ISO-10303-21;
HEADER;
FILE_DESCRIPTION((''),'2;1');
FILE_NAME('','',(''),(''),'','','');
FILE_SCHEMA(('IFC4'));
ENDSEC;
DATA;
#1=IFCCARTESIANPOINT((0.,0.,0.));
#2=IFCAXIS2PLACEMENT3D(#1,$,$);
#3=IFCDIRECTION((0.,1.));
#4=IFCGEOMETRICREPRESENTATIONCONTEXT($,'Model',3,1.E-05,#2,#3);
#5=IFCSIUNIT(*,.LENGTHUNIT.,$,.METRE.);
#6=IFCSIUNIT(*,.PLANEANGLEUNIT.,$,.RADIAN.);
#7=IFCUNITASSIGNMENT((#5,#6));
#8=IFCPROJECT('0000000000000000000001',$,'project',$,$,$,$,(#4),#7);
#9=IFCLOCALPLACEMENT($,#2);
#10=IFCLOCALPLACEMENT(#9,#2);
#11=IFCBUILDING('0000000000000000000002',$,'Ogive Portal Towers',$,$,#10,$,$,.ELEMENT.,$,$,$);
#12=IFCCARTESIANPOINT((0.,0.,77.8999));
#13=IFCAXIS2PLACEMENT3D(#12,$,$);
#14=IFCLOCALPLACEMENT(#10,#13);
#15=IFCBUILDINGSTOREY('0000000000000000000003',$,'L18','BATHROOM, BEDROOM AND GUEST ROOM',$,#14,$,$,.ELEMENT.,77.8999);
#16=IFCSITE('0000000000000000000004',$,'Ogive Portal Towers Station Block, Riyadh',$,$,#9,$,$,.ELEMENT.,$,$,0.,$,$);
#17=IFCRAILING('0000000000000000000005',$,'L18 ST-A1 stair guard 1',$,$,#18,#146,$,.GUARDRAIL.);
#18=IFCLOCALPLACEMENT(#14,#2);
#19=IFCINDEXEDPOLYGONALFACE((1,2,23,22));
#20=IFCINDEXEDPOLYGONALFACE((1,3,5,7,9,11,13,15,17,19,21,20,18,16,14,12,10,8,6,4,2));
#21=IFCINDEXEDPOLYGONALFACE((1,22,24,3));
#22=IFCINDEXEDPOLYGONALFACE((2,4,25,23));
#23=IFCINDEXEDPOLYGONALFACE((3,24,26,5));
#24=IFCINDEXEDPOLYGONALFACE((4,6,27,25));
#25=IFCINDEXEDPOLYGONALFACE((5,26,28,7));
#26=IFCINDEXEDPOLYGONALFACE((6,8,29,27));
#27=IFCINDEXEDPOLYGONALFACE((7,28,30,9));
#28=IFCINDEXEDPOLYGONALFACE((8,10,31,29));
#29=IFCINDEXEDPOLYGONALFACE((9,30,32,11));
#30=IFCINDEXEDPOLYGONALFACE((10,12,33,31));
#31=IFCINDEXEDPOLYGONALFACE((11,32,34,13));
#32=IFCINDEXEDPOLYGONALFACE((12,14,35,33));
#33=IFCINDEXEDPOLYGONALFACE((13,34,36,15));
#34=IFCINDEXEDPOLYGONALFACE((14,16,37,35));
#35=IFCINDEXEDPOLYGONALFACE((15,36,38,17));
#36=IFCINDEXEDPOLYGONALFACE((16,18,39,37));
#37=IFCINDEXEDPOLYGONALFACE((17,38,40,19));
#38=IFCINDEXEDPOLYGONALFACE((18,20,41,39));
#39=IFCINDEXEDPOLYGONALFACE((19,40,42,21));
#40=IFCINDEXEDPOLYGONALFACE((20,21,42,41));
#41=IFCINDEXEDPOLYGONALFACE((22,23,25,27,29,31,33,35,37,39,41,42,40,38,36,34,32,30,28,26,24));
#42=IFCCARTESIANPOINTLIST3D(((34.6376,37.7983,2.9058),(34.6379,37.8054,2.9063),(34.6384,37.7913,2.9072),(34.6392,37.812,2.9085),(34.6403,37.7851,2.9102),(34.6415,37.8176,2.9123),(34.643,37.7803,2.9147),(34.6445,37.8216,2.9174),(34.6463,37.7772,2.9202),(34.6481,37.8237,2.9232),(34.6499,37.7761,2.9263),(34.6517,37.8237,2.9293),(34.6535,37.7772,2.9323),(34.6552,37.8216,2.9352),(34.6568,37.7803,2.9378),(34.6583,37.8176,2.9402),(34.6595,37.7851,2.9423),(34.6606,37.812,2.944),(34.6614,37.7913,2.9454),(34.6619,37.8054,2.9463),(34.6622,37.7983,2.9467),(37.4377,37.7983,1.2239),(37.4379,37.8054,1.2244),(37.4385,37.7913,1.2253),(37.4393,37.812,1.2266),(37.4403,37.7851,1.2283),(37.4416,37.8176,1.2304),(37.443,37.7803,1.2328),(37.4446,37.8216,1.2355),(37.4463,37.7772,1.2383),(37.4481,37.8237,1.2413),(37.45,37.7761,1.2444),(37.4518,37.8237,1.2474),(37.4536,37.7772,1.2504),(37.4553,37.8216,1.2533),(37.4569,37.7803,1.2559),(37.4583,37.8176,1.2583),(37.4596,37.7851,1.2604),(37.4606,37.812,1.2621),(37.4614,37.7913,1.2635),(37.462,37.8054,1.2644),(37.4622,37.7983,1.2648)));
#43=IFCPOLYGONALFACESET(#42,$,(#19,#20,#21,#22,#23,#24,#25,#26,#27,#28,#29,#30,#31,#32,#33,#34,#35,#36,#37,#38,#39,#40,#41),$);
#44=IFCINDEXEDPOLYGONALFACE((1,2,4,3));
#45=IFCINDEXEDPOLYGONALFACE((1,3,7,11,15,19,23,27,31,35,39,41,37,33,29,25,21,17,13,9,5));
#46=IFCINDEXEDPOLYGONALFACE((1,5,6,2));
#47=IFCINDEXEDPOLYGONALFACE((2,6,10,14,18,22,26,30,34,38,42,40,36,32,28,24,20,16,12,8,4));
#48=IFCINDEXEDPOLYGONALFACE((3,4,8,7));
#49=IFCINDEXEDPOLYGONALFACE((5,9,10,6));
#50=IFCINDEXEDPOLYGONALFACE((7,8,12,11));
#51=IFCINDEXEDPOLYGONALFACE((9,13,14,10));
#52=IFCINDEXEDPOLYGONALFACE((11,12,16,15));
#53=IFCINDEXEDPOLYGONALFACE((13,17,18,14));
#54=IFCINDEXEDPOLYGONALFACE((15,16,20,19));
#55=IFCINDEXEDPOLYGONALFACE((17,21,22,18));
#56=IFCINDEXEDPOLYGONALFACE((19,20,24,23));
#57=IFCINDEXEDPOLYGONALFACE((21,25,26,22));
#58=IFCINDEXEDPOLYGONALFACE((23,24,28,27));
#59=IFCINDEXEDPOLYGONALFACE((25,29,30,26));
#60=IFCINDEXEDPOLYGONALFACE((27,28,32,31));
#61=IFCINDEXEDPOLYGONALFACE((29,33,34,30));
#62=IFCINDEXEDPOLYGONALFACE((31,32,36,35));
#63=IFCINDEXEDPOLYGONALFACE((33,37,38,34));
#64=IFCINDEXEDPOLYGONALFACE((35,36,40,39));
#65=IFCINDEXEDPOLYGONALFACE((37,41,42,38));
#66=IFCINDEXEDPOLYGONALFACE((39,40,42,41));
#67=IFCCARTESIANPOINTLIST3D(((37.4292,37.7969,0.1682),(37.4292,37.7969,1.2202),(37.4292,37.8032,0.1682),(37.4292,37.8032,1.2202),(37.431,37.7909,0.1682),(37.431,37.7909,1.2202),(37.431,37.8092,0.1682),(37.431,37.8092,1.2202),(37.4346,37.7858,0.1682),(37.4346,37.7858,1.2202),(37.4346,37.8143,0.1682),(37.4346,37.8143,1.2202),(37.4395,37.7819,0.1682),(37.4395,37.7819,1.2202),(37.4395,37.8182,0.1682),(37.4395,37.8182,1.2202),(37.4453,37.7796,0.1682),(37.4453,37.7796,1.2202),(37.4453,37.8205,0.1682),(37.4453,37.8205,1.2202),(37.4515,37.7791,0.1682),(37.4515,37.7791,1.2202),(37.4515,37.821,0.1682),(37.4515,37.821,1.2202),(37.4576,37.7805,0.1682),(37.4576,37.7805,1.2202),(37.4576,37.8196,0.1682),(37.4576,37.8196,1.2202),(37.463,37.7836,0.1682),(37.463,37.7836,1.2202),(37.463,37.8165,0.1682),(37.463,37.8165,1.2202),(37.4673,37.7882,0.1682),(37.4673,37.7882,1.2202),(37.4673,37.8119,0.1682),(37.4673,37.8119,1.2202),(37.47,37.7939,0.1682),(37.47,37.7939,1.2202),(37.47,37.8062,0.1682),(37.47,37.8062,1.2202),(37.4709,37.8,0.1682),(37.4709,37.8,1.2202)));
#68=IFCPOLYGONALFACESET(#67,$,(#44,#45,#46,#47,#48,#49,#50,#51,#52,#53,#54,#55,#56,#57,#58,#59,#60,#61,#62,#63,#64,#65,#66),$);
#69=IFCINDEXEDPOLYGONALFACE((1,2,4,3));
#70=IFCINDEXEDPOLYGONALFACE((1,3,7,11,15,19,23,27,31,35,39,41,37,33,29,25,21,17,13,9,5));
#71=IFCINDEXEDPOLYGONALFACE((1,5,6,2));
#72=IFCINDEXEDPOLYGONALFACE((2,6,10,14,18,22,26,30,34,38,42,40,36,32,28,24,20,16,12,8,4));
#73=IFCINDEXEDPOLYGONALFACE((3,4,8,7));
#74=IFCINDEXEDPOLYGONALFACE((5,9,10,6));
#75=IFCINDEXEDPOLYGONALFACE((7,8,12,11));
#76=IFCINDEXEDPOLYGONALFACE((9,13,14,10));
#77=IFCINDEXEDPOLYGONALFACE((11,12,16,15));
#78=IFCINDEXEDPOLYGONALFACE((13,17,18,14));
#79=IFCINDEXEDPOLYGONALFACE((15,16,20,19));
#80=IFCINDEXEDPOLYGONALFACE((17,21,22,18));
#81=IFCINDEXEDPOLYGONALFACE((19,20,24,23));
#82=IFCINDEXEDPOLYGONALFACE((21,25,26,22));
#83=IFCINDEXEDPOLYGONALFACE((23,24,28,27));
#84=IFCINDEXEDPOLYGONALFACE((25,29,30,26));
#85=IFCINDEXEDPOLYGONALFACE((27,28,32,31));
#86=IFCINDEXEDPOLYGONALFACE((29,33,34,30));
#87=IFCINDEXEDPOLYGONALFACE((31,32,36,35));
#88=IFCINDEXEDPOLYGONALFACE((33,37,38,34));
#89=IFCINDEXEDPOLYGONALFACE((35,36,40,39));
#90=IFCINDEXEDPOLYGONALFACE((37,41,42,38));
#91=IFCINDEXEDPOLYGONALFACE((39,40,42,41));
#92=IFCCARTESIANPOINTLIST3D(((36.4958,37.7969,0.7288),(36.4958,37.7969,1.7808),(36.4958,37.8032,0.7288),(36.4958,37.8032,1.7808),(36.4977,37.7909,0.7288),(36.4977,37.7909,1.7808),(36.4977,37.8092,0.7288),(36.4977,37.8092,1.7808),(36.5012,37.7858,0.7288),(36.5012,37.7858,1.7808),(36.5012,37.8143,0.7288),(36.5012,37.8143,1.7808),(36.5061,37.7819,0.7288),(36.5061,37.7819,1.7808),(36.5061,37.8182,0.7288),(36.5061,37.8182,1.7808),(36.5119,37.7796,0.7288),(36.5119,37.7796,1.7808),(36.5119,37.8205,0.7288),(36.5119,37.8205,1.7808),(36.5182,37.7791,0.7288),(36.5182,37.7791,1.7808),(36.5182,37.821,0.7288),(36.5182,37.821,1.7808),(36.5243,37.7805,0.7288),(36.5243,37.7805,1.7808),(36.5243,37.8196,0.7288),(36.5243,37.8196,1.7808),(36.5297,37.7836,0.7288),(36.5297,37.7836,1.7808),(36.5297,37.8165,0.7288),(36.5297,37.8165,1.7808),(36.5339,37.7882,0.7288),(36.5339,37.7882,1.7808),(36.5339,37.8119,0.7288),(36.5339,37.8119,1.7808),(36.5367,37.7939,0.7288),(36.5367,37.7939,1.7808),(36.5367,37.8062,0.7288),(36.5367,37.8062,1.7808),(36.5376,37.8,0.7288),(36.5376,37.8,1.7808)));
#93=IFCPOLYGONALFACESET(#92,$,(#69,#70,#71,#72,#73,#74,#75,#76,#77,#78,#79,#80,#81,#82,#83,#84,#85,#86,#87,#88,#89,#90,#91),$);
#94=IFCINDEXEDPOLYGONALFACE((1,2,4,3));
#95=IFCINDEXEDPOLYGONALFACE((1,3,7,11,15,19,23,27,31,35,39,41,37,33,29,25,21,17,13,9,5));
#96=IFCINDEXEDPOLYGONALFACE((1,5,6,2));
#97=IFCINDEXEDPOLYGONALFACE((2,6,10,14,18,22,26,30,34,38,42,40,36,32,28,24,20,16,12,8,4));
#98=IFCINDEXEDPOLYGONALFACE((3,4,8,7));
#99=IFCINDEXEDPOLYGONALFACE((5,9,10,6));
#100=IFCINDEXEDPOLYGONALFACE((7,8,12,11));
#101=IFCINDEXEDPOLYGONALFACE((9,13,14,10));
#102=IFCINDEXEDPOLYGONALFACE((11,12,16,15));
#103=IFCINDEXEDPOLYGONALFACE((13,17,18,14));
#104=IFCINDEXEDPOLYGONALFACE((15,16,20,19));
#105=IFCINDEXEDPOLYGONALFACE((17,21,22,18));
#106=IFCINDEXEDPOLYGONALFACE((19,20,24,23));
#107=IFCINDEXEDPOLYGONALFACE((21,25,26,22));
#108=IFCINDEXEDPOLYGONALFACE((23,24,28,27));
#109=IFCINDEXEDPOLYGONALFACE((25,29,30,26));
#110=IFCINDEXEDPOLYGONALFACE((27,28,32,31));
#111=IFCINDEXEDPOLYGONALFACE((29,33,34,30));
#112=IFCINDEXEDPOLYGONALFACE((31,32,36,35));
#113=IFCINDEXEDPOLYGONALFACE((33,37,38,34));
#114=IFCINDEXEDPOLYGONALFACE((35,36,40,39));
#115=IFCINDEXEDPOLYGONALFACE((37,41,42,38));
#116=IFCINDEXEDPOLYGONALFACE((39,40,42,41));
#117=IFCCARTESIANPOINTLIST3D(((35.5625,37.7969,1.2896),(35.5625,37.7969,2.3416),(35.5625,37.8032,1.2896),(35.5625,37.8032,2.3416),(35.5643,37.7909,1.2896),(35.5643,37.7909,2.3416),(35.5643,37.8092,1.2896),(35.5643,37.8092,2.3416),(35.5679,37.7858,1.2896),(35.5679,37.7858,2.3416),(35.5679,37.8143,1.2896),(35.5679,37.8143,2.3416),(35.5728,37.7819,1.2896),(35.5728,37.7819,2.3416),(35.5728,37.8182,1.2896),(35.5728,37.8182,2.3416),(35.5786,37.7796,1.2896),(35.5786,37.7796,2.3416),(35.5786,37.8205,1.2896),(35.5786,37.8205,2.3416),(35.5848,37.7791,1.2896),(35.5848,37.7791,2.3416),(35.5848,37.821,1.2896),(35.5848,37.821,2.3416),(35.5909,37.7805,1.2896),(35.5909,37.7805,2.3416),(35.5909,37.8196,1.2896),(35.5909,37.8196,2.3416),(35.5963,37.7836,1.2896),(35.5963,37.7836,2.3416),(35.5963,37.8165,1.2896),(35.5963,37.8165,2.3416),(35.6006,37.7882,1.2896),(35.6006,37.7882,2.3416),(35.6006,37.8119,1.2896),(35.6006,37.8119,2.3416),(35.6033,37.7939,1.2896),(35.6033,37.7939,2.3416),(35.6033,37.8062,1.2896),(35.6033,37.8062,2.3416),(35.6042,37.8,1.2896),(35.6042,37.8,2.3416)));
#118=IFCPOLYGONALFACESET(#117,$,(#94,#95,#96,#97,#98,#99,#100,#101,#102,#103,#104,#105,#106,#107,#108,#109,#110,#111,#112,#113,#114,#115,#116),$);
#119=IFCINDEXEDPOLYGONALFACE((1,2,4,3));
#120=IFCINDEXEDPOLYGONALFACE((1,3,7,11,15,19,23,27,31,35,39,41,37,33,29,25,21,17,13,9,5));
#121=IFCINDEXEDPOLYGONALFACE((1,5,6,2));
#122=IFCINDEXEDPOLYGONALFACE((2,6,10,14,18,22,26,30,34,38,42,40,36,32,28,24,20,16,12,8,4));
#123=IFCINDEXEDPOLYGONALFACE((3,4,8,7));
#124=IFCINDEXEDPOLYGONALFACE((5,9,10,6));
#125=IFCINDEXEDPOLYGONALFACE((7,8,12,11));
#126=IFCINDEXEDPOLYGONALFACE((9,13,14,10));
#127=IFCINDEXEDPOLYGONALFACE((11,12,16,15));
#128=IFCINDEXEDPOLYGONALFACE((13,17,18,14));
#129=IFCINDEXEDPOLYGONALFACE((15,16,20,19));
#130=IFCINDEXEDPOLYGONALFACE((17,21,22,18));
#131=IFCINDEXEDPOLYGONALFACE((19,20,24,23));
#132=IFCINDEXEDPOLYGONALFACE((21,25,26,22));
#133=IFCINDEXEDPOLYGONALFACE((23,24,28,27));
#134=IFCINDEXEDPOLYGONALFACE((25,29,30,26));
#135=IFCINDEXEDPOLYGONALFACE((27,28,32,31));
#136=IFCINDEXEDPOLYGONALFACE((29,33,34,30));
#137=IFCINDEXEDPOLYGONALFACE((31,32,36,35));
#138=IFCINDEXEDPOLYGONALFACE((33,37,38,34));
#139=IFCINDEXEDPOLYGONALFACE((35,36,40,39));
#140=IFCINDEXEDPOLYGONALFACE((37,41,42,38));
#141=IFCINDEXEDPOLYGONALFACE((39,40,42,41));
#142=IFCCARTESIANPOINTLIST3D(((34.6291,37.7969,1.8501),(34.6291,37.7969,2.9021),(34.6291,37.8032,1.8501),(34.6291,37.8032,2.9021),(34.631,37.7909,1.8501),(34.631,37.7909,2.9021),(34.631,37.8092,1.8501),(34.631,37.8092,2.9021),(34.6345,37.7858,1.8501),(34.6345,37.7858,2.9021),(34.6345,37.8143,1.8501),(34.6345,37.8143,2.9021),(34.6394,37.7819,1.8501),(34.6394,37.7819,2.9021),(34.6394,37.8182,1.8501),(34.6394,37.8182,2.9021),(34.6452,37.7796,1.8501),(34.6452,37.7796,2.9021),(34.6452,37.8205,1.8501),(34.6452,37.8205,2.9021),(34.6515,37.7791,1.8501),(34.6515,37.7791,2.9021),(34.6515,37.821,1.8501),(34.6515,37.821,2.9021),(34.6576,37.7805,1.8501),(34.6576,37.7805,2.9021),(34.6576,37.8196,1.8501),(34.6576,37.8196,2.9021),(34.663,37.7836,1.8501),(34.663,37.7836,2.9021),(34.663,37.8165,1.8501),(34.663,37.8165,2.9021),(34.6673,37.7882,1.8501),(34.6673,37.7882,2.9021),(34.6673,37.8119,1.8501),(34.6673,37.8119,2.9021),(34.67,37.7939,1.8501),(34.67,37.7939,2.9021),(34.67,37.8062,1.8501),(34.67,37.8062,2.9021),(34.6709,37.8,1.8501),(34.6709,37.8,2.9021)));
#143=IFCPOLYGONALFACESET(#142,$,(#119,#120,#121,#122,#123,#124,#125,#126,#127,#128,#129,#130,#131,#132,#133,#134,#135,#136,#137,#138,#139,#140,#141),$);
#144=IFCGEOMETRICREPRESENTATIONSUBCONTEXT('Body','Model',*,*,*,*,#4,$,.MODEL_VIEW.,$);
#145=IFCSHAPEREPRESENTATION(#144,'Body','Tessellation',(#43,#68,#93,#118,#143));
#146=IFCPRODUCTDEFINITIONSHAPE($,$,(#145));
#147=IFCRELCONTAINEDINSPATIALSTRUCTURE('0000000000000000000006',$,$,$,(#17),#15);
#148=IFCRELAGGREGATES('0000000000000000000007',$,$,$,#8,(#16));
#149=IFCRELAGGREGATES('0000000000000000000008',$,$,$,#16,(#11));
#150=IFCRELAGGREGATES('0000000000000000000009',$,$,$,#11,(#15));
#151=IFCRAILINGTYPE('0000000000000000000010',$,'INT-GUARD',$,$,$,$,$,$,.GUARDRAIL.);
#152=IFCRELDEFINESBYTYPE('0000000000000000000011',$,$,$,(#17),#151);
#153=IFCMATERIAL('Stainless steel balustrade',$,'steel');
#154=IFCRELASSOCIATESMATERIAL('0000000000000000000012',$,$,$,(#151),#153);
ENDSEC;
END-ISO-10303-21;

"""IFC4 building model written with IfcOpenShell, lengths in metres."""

from ifc_helpers import new_model, si_unit, direction, frame, origin, origin_2d, place, context, subcontext, project, spatial, circle, extrude, material, type_object, element, save


model = new_model("IFC4")

# Units and contexts
model_context = context("Model", 3, precision=1e-05, world=origin(), true_north=direction((0.0, 1.0)))
body_context = subcontext(model_context, "Body", "Model", "MODEL_VIEW")
ifc_project = project(units=[si_unit("LENGTHUNIT", "METRE"), si_unit("PLANEANGLEUNIT", "RADIAN")], contexts=[model_context])

# Site, building, storey
site_placement = place(None, origin())
site = spatial("IfcSite", under=ifc_project, at=site_placement, Name="Ogive Portal Towers Station Block, Riyadh", CompositionType="ELEMENT", RefElevation=0.0)
building_placement = place(site_placement, origin())
building = spatial("IfcBuilding", under=site, at=building_placement, Name="Ogive Portal Towers", CompositionType="ELEMENT")
storey_placement = place(building_placement, frame((0.0, 0.0, 77.8999)))
storey = spatial("IfcBuildingStorey", under=building, at=storey_placement, Name="L18", Description="BATHROOM, BEDROOM AND GUEST ROOM", CompositionType="ELEMENT", Elevation=77.8999)

# Railing
ifc_material_1 = material(Name="Stainless steel balustrade", Category="steel")
railing_type_1 = type_object("IfcRailingType", Name="INT-GUARD", PredefinedType="GUARDRAIL", material=ifc_material_1)
railing_1_placement = place(storey_placement, frame((37.45, 37.8, 0.1682)))
element("IfcRailing", 1, at=railing_1_placement, inside=storey, type_object=railing_type_1, Name="L18 ST-A1 stair guard 1", PredefinedType="GUARDRAIL", context=body_context, shape_type="SweptSolid", body=[
    extrude(circle(Radius=0.0239, at=origin_2d()), frame((0.0, 0.0, 1.0762), z_axis=(-0.857242, 0.0, 0.514913), x_axis=(0.0, -1.0, 0.0)), (0.0, 0.0, 1.0), 3.2664),
    extrude(circle(Radius=0.021, at=origin_2d()), origin(), (0.0, 0.0, 1.0), 1.052),
    extrude(circle(Radius=0.021, at=origin_2d()), frame((-0.9333, 0.0, 0.5605)), (0.0, 0.0, 1.0), 1.052),
    extrude(circle(Radius=0.021, at=origin_2d()), frame((-1.8667, 0.0, 1.1213)), (0.0, 0.0, 1.0), 1.052),
    extrude(circle(Radius=0.021, at=origin_2d()), frame((-2.8, 0.0, 1.6819)), (0.0, 0.0, 1.0), 1.052),
])

save(model, "model.ifc")
